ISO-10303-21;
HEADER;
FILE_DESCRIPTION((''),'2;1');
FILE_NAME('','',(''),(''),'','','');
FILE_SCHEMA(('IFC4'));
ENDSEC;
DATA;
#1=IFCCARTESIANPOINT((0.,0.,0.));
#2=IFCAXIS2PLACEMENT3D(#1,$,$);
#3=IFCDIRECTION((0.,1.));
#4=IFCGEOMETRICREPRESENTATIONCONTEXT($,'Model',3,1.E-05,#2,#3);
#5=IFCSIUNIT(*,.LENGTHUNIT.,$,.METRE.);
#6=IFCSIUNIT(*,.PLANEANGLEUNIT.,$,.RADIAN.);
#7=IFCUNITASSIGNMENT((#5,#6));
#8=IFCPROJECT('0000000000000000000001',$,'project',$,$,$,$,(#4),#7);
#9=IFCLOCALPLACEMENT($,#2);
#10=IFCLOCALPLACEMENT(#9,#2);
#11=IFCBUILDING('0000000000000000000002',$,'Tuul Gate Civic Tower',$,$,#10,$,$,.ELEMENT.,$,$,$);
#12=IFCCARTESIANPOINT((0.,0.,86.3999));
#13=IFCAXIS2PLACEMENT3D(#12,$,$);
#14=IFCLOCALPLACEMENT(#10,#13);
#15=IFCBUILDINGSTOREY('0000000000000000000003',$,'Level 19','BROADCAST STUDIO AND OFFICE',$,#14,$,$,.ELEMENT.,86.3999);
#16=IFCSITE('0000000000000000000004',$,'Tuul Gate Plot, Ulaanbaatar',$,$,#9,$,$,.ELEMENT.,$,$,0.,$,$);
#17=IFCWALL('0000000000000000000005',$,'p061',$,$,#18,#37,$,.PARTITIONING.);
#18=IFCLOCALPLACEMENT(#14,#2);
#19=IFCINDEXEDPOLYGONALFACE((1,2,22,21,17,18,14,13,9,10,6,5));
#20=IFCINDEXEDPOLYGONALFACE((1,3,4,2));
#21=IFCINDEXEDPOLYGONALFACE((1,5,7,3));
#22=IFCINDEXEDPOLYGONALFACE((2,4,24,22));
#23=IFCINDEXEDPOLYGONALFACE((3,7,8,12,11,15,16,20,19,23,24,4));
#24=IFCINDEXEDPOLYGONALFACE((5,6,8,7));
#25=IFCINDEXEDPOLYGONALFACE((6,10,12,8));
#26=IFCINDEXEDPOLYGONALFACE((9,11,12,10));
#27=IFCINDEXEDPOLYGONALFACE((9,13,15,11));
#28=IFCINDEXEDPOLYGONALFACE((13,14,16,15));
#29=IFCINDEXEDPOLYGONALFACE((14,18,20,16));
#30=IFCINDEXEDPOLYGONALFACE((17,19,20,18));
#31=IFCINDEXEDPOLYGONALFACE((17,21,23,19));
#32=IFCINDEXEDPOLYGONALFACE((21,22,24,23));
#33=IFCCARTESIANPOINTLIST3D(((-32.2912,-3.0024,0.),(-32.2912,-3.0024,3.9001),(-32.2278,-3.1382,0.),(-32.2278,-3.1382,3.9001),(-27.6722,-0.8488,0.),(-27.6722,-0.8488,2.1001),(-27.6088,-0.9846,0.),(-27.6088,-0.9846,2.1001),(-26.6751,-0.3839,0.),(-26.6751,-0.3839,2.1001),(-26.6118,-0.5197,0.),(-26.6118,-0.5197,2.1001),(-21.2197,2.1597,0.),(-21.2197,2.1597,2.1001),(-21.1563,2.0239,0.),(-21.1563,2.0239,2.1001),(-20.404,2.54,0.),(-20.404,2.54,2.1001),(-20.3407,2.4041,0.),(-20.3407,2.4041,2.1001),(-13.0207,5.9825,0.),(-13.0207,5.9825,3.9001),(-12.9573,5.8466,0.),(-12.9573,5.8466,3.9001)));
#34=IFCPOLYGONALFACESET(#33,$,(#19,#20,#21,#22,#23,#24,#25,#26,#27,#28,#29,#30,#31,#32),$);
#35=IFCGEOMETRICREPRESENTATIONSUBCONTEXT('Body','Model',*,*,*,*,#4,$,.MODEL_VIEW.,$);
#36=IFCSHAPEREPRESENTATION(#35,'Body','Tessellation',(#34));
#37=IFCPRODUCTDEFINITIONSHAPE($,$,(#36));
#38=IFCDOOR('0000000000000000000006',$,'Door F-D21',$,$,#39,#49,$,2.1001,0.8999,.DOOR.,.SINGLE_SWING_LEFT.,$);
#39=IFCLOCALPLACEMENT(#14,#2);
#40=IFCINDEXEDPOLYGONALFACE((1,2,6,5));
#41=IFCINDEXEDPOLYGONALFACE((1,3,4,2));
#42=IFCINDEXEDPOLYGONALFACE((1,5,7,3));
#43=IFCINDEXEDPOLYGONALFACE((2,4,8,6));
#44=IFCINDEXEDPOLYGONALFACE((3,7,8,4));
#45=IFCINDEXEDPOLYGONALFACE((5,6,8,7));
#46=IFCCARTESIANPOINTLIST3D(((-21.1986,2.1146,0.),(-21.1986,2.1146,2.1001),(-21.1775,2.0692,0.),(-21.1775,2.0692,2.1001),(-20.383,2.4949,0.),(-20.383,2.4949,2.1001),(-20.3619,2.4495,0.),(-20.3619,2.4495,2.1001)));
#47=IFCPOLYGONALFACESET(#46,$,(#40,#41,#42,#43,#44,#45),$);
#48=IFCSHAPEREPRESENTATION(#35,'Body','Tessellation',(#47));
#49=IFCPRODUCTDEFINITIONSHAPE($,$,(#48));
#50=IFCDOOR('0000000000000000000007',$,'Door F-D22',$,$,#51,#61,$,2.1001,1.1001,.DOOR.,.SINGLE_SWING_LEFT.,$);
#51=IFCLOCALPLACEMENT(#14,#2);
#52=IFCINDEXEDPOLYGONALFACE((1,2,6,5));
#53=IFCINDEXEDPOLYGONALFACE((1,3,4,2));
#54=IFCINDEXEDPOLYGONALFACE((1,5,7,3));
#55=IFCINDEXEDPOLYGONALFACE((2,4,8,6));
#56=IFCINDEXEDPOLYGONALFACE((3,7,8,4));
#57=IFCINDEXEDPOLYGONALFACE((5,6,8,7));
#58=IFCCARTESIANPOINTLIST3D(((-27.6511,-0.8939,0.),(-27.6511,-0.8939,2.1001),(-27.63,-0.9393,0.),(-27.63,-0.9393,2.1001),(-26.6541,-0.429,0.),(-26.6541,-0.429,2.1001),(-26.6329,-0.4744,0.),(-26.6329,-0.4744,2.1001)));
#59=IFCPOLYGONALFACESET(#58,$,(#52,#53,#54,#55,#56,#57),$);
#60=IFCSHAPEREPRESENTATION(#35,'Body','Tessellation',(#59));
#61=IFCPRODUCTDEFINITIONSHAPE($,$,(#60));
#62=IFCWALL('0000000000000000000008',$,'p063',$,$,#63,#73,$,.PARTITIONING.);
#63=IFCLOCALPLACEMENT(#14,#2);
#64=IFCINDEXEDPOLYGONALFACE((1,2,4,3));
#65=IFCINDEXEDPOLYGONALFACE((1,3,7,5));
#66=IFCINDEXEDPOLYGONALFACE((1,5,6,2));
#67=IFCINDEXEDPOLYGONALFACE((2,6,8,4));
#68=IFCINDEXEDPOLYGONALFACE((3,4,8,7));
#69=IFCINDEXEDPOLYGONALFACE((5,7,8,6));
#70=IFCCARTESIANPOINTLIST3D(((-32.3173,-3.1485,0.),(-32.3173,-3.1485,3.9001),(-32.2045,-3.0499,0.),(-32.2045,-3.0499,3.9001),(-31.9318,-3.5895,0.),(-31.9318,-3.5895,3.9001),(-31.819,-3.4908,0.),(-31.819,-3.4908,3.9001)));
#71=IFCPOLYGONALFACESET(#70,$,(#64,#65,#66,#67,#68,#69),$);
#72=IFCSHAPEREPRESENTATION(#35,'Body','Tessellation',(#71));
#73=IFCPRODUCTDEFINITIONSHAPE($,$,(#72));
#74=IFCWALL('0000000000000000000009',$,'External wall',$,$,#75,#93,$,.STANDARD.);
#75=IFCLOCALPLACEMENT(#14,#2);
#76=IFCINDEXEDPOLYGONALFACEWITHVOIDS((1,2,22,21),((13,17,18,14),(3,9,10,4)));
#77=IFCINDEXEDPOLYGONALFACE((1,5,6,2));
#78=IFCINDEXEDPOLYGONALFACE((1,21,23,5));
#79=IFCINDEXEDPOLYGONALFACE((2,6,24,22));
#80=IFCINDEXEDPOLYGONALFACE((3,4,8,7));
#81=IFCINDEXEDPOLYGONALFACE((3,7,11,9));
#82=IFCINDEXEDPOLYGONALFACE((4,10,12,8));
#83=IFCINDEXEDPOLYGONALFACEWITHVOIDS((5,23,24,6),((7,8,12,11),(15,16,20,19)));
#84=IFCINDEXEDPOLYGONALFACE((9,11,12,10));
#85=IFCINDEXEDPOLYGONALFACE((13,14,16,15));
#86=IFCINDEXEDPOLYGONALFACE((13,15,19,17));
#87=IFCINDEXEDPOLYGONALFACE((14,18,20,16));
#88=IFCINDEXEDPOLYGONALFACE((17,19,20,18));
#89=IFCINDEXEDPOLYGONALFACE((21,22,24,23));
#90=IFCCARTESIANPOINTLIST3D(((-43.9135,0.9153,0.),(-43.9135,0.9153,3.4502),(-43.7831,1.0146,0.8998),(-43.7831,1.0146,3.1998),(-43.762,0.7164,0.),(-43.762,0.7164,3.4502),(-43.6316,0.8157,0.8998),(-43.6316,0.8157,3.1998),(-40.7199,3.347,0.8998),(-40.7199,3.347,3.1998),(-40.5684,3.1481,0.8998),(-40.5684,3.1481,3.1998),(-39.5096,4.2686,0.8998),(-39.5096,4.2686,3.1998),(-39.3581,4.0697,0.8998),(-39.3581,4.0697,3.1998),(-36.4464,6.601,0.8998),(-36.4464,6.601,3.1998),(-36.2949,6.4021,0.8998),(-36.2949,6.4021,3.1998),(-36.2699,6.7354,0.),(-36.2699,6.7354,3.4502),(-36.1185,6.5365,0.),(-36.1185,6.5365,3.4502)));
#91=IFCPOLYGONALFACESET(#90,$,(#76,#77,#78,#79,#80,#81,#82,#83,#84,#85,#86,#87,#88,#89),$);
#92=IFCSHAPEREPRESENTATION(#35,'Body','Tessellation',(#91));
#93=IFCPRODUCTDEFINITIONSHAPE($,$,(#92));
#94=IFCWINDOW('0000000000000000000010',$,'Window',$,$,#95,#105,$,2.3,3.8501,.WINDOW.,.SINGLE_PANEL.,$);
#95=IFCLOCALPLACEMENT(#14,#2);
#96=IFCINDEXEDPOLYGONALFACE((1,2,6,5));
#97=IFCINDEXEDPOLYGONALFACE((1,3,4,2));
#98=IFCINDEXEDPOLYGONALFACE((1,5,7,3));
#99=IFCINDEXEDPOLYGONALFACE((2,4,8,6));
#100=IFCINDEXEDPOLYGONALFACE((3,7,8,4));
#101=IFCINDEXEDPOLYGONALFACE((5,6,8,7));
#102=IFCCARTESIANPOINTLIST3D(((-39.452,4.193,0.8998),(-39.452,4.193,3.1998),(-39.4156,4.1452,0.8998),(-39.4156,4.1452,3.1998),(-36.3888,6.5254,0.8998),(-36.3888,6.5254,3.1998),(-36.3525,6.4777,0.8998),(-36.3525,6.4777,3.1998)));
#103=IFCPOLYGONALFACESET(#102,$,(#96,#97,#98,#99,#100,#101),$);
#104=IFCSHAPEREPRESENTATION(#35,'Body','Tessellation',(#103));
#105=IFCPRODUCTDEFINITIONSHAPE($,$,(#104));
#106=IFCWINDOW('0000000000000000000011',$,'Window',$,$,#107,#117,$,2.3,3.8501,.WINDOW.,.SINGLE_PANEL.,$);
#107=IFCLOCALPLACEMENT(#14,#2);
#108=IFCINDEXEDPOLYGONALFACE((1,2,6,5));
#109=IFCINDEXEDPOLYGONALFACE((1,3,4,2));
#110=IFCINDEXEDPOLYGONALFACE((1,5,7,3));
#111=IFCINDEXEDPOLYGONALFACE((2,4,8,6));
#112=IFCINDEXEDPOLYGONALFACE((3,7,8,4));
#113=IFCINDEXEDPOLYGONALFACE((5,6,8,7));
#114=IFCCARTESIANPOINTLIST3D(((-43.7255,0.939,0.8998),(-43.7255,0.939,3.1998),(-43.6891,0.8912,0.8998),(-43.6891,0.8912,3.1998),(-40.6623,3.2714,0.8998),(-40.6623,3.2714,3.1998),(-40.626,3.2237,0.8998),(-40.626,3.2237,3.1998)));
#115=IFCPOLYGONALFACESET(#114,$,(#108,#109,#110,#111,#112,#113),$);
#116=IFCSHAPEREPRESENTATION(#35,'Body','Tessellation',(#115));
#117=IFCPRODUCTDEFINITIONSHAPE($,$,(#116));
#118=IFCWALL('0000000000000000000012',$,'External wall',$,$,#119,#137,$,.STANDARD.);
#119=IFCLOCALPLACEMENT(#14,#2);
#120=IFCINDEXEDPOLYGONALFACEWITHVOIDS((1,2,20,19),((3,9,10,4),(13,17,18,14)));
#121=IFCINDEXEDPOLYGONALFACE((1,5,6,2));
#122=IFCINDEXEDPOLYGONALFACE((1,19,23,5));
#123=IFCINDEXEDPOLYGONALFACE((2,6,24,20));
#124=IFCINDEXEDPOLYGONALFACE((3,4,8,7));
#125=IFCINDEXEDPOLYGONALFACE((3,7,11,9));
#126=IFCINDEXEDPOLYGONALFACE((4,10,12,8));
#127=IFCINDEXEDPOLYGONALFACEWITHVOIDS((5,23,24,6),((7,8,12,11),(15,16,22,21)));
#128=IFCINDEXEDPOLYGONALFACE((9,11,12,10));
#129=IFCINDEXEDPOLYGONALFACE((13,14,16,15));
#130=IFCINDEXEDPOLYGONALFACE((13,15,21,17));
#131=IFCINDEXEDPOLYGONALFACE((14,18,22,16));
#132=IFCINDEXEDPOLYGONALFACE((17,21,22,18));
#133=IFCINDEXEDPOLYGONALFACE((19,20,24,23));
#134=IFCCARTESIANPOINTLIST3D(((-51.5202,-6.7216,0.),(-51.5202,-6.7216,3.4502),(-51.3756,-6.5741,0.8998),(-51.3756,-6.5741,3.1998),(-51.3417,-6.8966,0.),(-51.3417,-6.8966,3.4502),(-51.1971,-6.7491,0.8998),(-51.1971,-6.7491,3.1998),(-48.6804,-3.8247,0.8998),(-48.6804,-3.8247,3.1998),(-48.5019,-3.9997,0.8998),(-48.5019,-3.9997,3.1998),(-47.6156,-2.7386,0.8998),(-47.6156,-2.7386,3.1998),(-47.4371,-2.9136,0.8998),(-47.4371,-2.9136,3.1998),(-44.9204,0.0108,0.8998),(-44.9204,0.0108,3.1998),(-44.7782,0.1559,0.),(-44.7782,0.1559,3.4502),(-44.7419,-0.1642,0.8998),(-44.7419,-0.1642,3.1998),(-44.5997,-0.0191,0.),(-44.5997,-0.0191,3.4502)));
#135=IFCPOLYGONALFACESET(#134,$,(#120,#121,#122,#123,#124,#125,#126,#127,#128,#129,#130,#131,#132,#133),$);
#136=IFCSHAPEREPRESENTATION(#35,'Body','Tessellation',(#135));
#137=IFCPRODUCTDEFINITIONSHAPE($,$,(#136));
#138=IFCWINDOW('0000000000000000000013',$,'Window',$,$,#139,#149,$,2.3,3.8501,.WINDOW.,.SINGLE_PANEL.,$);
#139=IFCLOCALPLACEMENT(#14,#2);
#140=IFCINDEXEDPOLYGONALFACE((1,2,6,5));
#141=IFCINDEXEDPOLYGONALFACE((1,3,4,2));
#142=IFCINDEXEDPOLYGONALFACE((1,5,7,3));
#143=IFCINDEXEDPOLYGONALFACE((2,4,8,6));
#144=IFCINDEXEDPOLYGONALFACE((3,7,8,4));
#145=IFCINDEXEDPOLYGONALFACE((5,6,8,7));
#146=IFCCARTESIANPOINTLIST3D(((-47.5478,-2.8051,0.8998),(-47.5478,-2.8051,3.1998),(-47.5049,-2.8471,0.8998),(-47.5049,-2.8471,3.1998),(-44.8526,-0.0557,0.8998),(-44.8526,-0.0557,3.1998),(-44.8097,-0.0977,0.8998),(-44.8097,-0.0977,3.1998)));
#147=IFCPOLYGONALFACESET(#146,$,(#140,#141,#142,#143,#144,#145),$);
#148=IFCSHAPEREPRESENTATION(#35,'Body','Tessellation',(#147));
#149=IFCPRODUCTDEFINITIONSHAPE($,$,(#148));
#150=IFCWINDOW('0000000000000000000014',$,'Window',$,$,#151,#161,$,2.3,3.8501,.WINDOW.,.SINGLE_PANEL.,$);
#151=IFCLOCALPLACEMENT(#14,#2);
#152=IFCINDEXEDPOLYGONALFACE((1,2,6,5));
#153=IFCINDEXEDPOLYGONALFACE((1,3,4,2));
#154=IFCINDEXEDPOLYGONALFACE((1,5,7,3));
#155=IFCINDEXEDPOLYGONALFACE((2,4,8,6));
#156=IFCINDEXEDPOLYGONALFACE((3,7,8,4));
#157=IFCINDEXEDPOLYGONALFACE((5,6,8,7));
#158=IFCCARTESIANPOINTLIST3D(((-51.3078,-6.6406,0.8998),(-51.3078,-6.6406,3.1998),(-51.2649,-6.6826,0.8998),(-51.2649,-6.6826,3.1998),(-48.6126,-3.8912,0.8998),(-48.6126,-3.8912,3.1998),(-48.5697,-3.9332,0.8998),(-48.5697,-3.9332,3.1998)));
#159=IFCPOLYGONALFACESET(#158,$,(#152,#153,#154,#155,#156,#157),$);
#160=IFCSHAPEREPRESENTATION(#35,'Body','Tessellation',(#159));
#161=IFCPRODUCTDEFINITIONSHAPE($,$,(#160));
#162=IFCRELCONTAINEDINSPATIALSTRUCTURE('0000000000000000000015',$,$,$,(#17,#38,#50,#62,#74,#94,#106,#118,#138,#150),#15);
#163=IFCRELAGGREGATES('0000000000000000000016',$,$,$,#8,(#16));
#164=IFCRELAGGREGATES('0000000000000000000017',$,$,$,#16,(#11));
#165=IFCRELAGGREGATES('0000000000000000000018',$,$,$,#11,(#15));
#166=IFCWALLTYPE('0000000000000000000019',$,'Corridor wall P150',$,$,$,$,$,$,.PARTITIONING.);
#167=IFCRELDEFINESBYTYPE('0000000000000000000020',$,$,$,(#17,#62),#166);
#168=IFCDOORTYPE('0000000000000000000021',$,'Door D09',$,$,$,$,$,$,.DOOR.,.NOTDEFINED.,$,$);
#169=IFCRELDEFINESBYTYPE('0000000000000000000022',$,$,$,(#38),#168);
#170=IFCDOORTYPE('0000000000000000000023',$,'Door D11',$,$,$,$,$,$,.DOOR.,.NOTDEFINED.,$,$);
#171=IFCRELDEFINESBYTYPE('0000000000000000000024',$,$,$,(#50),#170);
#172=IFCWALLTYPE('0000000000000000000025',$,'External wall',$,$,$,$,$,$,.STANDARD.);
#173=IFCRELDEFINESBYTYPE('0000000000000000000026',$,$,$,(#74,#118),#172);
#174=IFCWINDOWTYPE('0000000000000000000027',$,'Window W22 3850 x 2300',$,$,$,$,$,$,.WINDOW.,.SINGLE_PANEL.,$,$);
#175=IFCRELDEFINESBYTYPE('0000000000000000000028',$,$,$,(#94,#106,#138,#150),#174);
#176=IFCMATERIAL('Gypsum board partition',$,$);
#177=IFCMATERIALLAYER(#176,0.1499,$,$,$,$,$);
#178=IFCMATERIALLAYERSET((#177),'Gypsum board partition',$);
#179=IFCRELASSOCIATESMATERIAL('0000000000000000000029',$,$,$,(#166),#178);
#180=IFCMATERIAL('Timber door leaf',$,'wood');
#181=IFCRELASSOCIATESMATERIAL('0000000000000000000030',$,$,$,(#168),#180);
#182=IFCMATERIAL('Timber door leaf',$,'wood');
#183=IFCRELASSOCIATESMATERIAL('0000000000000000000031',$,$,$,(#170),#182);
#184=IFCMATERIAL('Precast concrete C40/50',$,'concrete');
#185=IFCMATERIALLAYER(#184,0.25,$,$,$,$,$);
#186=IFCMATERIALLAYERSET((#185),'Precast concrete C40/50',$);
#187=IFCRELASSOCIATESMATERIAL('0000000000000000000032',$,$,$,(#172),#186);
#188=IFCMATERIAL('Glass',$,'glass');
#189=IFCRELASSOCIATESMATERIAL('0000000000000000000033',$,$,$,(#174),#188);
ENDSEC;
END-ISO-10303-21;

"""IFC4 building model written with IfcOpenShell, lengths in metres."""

from ifc_helpers import new_model, si_unit, direction, frame, frame_2d, origin, place, context, subcontext, project, spatial, rectangle, extrude, material, layer, layer_set, type_object, element, fill, save


model = new_model("IFC4")

# Units and contexts
model_context = context("Model", 3, precision=1e-05, world=origin(), true_north=direction((0.0, 1.0)))
body_context = subcontext(model_context, "Body", "Model", "MODEL_VIEW")
ifc_project = project(units=[si_unit("LENGTHUNIT", "METRE"), si_unit("PLANEANGLEUNIT", "RADIAN")], contexts=[model_context])

# Site, building, storey
site_placement = place(None, origin())
site = spatial("IfcSite", under=ifc_project, at=site_placement, Name="Tuul Gate Plot, Ulaanbaatar", CompositionType="ELEMENT", RefElevation=0.0)
building_placement = place(site_placement, origin())
building = spatial("IfcBuilding", under=site, at=building_placement, Name="Tuul Gate Civic Tower", CompositionType="ELEMENT")
storey_placement = place(building_placement, frame((0.0, 0.0, 86.3999)))
storey = spatial("IfcBuildingStorey", under=building, at=storey_placement, Name="Level 19", Description="BROADCAST STUDIO AND OFFICE", CompositionType="ELEMENT", Elevation=86.3999)

# Shared definitions
ifc_material_1 = material(Name="Gypsum board partition")
ifc_layer_1 = layer(ifc_material_1, 0.1499)
ifc_layer_set_1 = layer_set([ifc_layer_1], Name="Gypsum board partition")
wall_type_1 = type_object("IfcWallType", Name="Corridor wall P150", PredefinedType="PARTITIONING", material=ifc_layer_set_1)

# Wall, openings, doors
wall_1_placement = place(storey_placement, frame((-32.2595, -3.0703, 0.0), z_axis=(0.0, 0.0, 1.0), x_axis=(0.906328, 0.422575, 0.0)))
wall_1 = element("IfcWall", 1, at=wall_1_placement, inside=storey, type_object=wall_type_1, Name="p061", PredefinedType="PARTITIONING", context=body_context, shape_type="SweptSolid", body=[
    extrude(rectangle(XDim=21.2622, YDim=0.1499, at=frame_2d((10.6311, 0.0))), origin(), (0.0, 0.0, 1.0), 3.9001),
])
opening_1_placement = place(wall_1_placement, frame((12.2158, 0.0, 0.0)))
opening_1 = element("IfcOpeningElement", 2, at=opening_1_placement, cuts=wall_1, PredefinedType="OPENING", context=body_context, shape_type="SweptSolid", body=[
    extrude(rectangle(XDim=0.8999, YDim=2.1001, at=frame_2d((0.45, 1.05))), frame((0.0, 0.085, 0.0), z_axis=(0.0, -1.0, 0.0), x_axis=(1.0, 0.0, 0.0)), (0.0, 0.0, 1.0), 0.1699),
])
opening_2_placement = place(wall_1_placement, frame((5.0964, 0.0, 0.0)))
opening_2 = element("IfcOpeningElement", 3, at=opening_2_placement, cuts=wall_1, PredefinedType="OPENING", context=body_context, shape_type="SweptSolid", body=[
    extrude(rectangle(XDim=1.1001, YDim=2.1001, at=frame_2d((0.55, 1.05))), frame((0.0, 0.085, 0.0), z_axis=(0.0, -1.0, 0.0), x_axis=(1.0, 0.0, 0.0)), (0.0, 0.0, 1.0), 0.1699),
])
ifc_material_2 = material(Name="Timber door leaf", Category="wood")
door_type_1 = type_object("IfcDoorType", Name="Door D09", OperationType="NOTDEFINED", PredefinedType="DOOR", material=ifc_material_2)
door_1_placement = place(opening_1_placement, frame((0.8999, 0.0, 0.0), z_axis=(0.0, 0.0, 1.0), x_axis=(-1.0, 0.0, 0.0)))
door_1 = element("IfcDoor", 4, at=door_1_placement, inside=storey, type_object=door_type_1, Name="Door F-D21", OperationType="SINGLE_SWING_LEFT", OverallHeight=2.1001, OverallWidth=0.8999, PredefinedType="DOOR", context=body_context, shape_type="SweptSolid", body=[
    extrude(rectangle(XDim=0.8999, YDim=2.1001, at=frame_2d((0.45, 1.05))), frame((0.0, 0.0249, 0.0), z_axis=(0.0, -1.0, 0.0), x_axis=(1.0, 0.0, 0.0)), (0.0, 0.0, 1.0), 0.05),
])
fill(opening_1, door_1)
ifc_material_3 = material(Name="Timber door leaf", Category="wood")
door_type_2 = type_object("IfcDoorType", Name="Door D11", OperationType="NOTDEFINED", PredefinedType="DOOR", material=ifc_material_3)
door_2_placement = place(opening_2_placement, frame((1.1001, 0.0, 0.0), z_axis=(0.0, 0.0, 1.0), x_axis=(-1.0, 0.0, 0.0)))
door_2 = element("IfcDoor", 5, at=door_2_placement, inside=storey, type_object=door_type_2, Name="Door F-D22", OperationType="SINGLE_SWING_LEFT", OverallHeight=2.1001, OverallWidth=1.1001, PredefinedType="DOOR", context=body_context, shape_type="SweptSolid", body=[
    extrude(rectangle(XDim=1.1001, YDim=2.1001, at=frame_2d((0.55, 1.05))), frame((0.0, 0.0249, 0.0), z_axis=(0.0, -1.0, 0.0), x_axis=(1.0, 0.0, 0.0)), (0.0, 0.0, 1.0), 0.05),
])
fill(opening_2, door_2)

# Wall
wall_2_placement = place(storey_placement, frame((-32.261, -3.0991, 0.0), z_axis=(0.0, 0.0, 1.0), x_axis=(0.658209, -0.752835, 0.0)))
element("IfcWall", 6, at=wall_2_placement, inside=storey, type_object=wall_type_1, Name="p063", PredefinedType="PARTITIONING", context=body_context, shape_type="SweptSolid", body=[
    extrude(rectangle(XDim=0.5857, YDim=0.1499, at=frame_2d((0.293, 0.0))), origin(), (0.0, 0.0, 1.0), 3.9001),
])

# Walls, openings, windows
ifc_material_4 = material(Name="Precast concrete C40/50", Category="concrete")
ifc_layer_2 = layer(ifc_material_4, 0.25)
ifc_layer_set_2 = layer_set([ifc_layer_2], Name="Precast concrete C40/50")
wall_type_2 = type_object("IfcWallType", Name="External wall", PredefinedType="STANDARD", material=ifc_layer_set_2)
wall_3_placement = place(storey_placement, frame((-36.1941, 6.636, 0.0), z_axis=(0.0, 0.0, 1.0), x_axis=(-0.795612, -0.605807, 0.0)))
wall_3 = element("IfcWall", 7, at=wall_3_placement, inside=storey, type_object=wall_type_2, Name="External wall", PredefinedType="STANDARD", context=body_context, shape_type="SweptSolid", body=[
    extrude(rectangle(XDim=9.6072, YDim=0.25, at=frame_2d((4.8037, 0.0))), origin(), (0.0, 0.0, 1.0), 3.4502),
])
opening_3_placement = place(wall_3_placement, frame((0.2219, 0.0, 0.8999)))
opening_3 = element("IfcOpeningElement", 8, at=opening_3_placement, cuts=wall_3, PredefinedType="OPENING", context=body_context, shape_type="SweptSolid", body=[
    extrude(rectangle(XDim=3.8501, YDim=2.3, at=frame_2d((1.925, 1.1499))), frame((0.0, 0.135, 0.0), z_axis=(0.0, -1.0, 0.0), x_axis=(1.0, 0.0, 0.0)), (0.0, 0.0, 1.0), 0.27),
])
opening_4_placement = place(wall_3_placement, frame((5.5933, 0.0, 0.8999)))
opening_4 = element("IfcOpeningElement", 9, at=opening_4_placement, cuts=wall_3, PredefinedType="OPENING", context=body_context, shape_type="SweptSolid", body=[
    extrude(rectangle(XDim=3.8501, YDim=2.3, at=frame_2d((1.925, 1.1499))), frame((0.0, 0.135, 0.0), z_axis=(0.0, -1.0, 0.0), x_axis=(1.0, 0.0, 0.0)), (0.0, 0.0, 1.0), 0.27),
])
ifc_material_5 = material(Name="Glass", Category="glass")
window_type = type_object("IfcWindowType", Name="Window W22 3850 x 2300", PartitioningType="SINGLE_PANEL", PredefinedType="WINDOW", material=ifc_material_5)
window_1_placement = place(opening_3_placement, origin())
window_1 = element("IfcWindow", 10, at=window_1_placement, inside=storey, type_object=window_type, Name="Window", OverallHeight=2.3, OverallWidth=3.8501, PartitioningType="SINGLE_PANEL", PredefinedType="WINDOW", context=body_context, shape_type="SweptSolid", body=[
    extrude(rectangle(XDim=3.8501, YDim=2.3, at=frame_2d((1.925, 1.1499))), frame((0.0, 0.03, 0.0), z_axis=(0.0, -1.0, 0.0), x_axis=(1.0, 0.0, 0.0)), (0.0, 0.0, 1.0), 0.0601),
])
fill(opening_3, window_1)
window_2_placement = place(opening_4_placement, origin())
window_2 = element("IfcWindow", 11, at=window_2_placement, inside=storey, type_object=window_type, Name="Window", OverallHeight=2.3, OverallWidth=3.8501, PartitioningType="SINGLE_PANEL", PredefinedType="WINDOW", context=body_context, shape_type="SweptSolid", body=[
    extrude(rectangle(XDim=3.8501, YDim=2.3, at=frame_2d((1.925, 1.1499))), frame((0.0, 0.03, 0.0), z_axis=(0.0, -1.0, 0.0), x_axis=(1.0, 0.0, 0.0)), (0.0, 0.0, 1.0), 0.0601),
])
fill(opening_4, window_2)
wall_4_placement = place(storey_placement, frame((-44.689, 0.0684, 0.0), z_axis=(0.0, 0.0, 1.0), x_axis=(-0.700037, -0.714106, 0.0)))
wall_4 = element("IfcWall", 12, at=wall_4_placement, inside=storey, type_object=wall_type_2, Name="External wall", PredefinedType="STANDARD", context=body_context, shape_type="SweptSolid", body=[
    extrude(rectangle(XDim=9.6309, YDim=0.25, at=frame_2d((4.8154, 0.0))), origin(), (0.0, 0.0, 1.0), 3.4502),
])
opening_5_placement = place(wall_4_placement, frame((0.2031, 0.0, 0.8999)))
opening_5 = element("IfcOpeningElement", 13, at=opening_5_placement, cuts=wall_4, PredefinedType="OPENING", context=body_context, shape_type="SweptSolid", body=[
    extrude(rectangle(XDim=3.8501, YDim=2.3, at=frame_2d((1.925, 1.1499))), frame((0.0, 0.135, 0.0), z_axis=(0.0, -1.0, 0.0), x_axis=(1.0, 0.0, 0.0)), (0.0, 0.0, 1.0), 0.27),
])
opening_6_placement = place(wall_4_placement, frame((5.5742, 0.0, 0.8999)))
opening_6 = element("IfcOpeningElement", 14, at=opening_6_placement, cuts=wall_4, PredefinedType="OPENING", context=body_context, shape_type="SweptSolid", body=[
    extrude(rectangle(XDim=3.8501, YDim=2.3, at=frame_2d((1.925, 1.1499))), frame((0.0, 0.135, 0.0), z_axis=(0.0, -1.0, 0.0), x_axis=(1.0, 0.0, 0.0)), (0.0, 0.0, 1.0), 0.27),
])
window_3_placement = place(opening_5_placement, origin())
window_3 = element("IfcWindow", 15, at=window_3_placement, inside=storey, type_object=window_type, Name="Window", OverallHeight=2.3, OverallWidth=3.8501, PartitioningType="SINGLE_PANEL", PredefinedType="WINDOW", context=body_context, shape_type="SweptSolid", body=[
    extrude(rectangle(XDim=3.8501, YDim=2.3, at=frame_2d((1.925, 1.1499))), frame((0.0, 0.03, 0.0), z_axis=(0.0, -1.0, 0.0), x_axis=(1.0, 0.0, 0.0)), (0.0, 0.0, 1.0), 0.0601),
])
fill(opening_5, window_3)
window_4_placement = place(opening_6_placement, origin())
window_4 = element("IfcWindow", 16, at=window_4_placement, inside=storey, type_object=window_type, Name="Window", OverallHeight=2.3, OverallWidth=3.8501, PartitioningType="SINGLE_PANEL", PredefinedType="WINDOW", context=body_context, shape_type="SweptSolid", body=[
    extrude(rectangle(XDim=3.8501, YDim=2.3, at=frame_2d((1.925, 1.1499))), frame((0.0, 0.03, 0.0), z_axis=(0.0, -1.0, 0.0), x_axis=(1.0, 0.0, 0.0)), (0.0, 0.0, 1.0), 0.0601),
])
fill(opening_6, window_4)

save(model, "model.ifc")
